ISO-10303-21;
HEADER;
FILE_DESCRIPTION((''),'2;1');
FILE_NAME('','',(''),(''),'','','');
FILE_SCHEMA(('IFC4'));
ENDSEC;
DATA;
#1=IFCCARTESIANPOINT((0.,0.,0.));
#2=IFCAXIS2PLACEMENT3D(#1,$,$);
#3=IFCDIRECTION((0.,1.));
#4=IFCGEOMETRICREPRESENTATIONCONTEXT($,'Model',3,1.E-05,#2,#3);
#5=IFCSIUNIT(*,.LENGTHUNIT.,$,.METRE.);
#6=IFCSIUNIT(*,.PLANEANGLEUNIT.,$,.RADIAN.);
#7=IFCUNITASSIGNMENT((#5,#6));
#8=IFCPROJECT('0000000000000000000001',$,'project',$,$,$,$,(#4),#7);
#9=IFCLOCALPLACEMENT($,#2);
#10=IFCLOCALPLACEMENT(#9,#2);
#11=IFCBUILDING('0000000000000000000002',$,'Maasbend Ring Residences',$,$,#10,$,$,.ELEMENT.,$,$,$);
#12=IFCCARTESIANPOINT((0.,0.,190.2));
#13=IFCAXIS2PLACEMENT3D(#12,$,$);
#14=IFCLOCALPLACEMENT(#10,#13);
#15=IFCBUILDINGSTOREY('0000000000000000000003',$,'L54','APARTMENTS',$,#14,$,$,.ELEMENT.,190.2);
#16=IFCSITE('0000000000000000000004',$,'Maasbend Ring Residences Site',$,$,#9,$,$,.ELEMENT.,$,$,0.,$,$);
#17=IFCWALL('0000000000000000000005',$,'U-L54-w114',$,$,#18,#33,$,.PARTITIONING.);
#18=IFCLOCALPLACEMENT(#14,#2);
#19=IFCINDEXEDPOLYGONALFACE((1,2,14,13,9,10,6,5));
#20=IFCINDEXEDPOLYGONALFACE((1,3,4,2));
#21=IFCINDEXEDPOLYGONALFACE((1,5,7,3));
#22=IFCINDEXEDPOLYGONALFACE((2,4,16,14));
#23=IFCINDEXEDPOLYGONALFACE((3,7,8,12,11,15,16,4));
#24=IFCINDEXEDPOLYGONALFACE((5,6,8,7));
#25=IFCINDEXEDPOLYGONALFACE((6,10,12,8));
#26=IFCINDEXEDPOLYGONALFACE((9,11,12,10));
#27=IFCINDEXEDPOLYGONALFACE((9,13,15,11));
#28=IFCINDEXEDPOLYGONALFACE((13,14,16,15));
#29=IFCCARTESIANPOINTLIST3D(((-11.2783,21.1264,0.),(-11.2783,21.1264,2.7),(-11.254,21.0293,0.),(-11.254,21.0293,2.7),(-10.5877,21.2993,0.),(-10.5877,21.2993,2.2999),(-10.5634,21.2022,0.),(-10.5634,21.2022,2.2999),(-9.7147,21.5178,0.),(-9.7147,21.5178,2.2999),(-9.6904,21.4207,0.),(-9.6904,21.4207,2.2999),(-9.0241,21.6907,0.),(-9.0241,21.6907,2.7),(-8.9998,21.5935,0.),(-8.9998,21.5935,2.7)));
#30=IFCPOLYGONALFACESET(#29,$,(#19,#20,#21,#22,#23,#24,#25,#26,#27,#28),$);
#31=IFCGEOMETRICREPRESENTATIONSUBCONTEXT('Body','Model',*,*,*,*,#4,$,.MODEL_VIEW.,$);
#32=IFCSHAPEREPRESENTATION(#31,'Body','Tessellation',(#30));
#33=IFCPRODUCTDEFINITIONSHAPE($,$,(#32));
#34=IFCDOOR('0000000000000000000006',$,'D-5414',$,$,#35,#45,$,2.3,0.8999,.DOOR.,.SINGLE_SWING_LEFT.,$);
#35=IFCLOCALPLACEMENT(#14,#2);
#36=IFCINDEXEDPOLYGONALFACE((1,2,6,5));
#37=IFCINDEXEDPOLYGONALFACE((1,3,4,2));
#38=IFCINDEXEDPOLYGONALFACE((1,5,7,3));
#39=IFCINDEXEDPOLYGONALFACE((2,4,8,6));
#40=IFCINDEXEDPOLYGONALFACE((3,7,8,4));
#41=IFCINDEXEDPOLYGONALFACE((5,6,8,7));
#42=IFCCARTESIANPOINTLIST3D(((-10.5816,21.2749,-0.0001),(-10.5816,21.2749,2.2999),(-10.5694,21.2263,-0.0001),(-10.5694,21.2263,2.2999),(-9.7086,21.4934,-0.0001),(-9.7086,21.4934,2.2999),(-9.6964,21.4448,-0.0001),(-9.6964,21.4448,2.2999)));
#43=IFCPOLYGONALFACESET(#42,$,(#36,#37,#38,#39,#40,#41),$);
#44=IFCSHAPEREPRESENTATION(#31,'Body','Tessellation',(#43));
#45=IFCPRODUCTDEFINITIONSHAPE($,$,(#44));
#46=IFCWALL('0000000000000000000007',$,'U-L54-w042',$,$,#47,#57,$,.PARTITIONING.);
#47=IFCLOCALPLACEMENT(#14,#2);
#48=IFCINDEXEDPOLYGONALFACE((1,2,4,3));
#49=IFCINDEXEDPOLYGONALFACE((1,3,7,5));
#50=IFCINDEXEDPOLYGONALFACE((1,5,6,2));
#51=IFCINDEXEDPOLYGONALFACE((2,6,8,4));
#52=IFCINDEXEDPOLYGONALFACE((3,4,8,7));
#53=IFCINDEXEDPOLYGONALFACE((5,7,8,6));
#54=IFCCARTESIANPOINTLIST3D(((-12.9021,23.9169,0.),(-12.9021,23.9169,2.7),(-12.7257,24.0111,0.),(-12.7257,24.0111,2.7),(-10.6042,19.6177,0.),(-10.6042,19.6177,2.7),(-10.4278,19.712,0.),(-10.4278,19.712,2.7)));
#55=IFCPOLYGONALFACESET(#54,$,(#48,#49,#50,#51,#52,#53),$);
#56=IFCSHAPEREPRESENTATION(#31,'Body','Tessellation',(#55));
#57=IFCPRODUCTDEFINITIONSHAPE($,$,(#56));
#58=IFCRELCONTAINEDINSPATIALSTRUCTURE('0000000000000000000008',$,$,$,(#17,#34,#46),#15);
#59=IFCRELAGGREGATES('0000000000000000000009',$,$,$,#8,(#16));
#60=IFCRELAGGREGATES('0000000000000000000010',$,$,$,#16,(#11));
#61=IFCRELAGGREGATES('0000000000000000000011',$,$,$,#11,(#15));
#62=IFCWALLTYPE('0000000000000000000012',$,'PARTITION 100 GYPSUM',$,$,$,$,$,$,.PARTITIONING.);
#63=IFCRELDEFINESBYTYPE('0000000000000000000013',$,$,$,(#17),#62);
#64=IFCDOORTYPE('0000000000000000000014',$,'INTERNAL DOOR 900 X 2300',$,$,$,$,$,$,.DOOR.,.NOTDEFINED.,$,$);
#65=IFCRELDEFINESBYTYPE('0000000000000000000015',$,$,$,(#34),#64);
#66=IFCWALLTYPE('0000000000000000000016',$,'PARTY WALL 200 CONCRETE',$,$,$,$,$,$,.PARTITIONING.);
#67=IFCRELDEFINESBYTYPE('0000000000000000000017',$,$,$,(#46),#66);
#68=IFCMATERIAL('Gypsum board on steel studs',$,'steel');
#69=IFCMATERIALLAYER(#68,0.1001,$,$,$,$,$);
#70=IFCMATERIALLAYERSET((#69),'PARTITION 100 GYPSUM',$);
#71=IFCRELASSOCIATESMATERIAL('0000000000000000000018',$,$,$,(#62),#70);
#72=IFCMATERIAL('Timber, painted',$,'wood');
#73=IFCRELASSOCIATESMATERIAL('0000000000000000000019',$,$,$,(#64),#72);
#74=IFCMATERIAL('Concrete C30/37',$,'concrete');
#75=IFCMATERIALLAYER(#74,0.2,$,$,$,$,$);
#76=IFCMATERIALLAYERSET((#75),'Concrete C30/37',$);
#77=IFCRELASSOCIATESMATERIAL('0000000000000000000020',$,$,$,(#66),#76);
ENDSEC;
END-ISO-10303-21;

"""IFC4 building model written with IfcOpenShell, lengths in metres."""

from ifc_helpers import new_model, si_unit, direction, frame, frame_2d, origin, place, context, subcontext, project, spatial, rectangle, extrude, material, layer, layer_set, type_object, element, fill, save


model = new_model("IFC4")

# Units and contexts
model_context = context("Model", 3, precision=1e-05, world=origin(), true_north=direction((0.0, 1.0)))
body_context = subcontext(model_context, "Body", "Model", "MODEL_VIEW")
ifc_project = project(units=[si_unit("LENGTHUNIT", "METRE"), si_unit("PLANEANGLEUNIT", "RADIAN")], contexts=[model_context])

# Site, building, storey
site_placement = place(None, origin())
site = spatial("IfcSite", under=ifc_project, at=site_placement, Name="Maasbend Ring Residences Site", CompositionType="ELEMENT", RefElevation=0.0)
building_placement = place(site_placement, origin())
building = spatial("IfcBuilding", under=site, at=building_placement, Name="Maasbend Ring Residences", CompositionType="ELEMENT")
storey_placement = place(building_placement, frame((0.0, 0.0, 190.2)))
storey = spatial("IfcBuildingStorey", under=building, at=storey_placement, Name="L54", Description="APARTMENTS", CompositionType="ELEMENT", Elevation=190.2)

# Shared definitions
ifc_material_1 = material(Name="Gypsum board on steel studs", Category="steel")
ifc_layer_1 = layer(ifc_material_1, 0.1001)
ifc_layer_set_1 = layer_set([ifc_layer_1], Name="PARTITION 100 GYPSUM")
wall_type_1 = type_object("IfcWallType", Name="PARTITION 100 GYPSUM", PredefinedType="PARTITIONING", material=ifc_layer_set_1)

# Shared definitions
ifc_material_2 = material(Name="Timber, painted", Category="wood")
door_type_1 = type_object("IfcDoorType", Name="INTERNAL DOOR 900 X 2300", OperationType="NOTDEFINED", PredefinedType="DOOR", material=ifc_material_2)

# Wall, opening, door
wall_1_placement = place(storey_placement, frame((-11.2661, 21.0779, 0.0), z_axis=(0.0, 0.0, 1.0), x_axis=(0.970074, 0.242808, 0.0)))
wall_1 = element("IfcWall", 1, at=wall_1_placement, inside=storey, type_object=wall_type_1, Name="U-L54-w114", PredefinedType="PARTITIONING", context=body_context, shape_type="SweptSolid", body=[
    extrude(rectangle(XDim=2.3237, YDim=0.1001, at=frame_2d((1.1619, 0.0))), origin(), (0.0, 0.0, 1.0), 2.7),
])
opening_1_placement = place(wall_1_placement, frame((0.7119, 0.0, 0.0)))
opening_1 = element("IfcOpeningElement", 2, at=opening_1_placement, cuts=wall_1, PredefinedType="OPENING", context=body_context, shape_type="SweptSolid", body=[
    extrude(rectangle(XDim=0.8999, YDim=2.3, at=frame_2d((0.45, 1.1499))), frame((0.0, 0.0601, 0.0), z_axis=(0.0, -1.0, 0.0), x_axis=(1.0, 0.0, 0.0)), (0.0, 0.0, 1.0), 0.1201),
])
door_1_placement = place(opening_1_placement, origin())
door_1 = element("IfcDoor", 3, at=door_1_placement, inside=storey, type_object=door_type_1, Name="D-5414", OperationType="SINGLE_SWING_LEFT", OverallHeight=2.3, OverallWidth=0.8999, PredefinedType="DOOR", context=body_context, shape_type="SweptSolid", body=[
    extrude(rectangle(XDim=0.8999, YDim=2.3, at=frame_2d((0.45, 1.1499))), frame((0.0, 0.0249, 0.0), z_axis=(0.0, -1.0, 0.0), x_axis=(1.0, 0.0, 0.0)), (0.0, 0.0, 1.0), 0.05),
])
fill(opening_1, door_1)

# Wall
ifc_material_3 = material(Name="Concrete C30/37", Category="concrete")
ifc_layer_2 = layer(ifc_material_3, 0.2)
ifc_layer_set_2 = layer_set([ifc_layer_2], Name="Concrete C30/37")
wall_type_2 = type_object("IfcWallType", Name="PARTY WALL 200 CONCRETE", PredefinedType="PARTITIONING", material=ifc_layer_set_2)
wall_2_placement = place(storey_placement, frame((-12.814, 23.9641, 0.0), z_axis=(0.0, 0.0, 1.0), x_axis=(0.471389, -0.881926, 0.0)))
element("IfcWall", 4, at=wall_2_placement, inside=storey, type_object=wall_type_2, Name="U-L54-w042", PredefinedType="PARTITIONING", context=body_context, shape_type="SweptSolid", body=[
    extrude(rectangle(XDim=4.8748, YDim=0.2, at=frame_2d((2.4375, 0.0))), origin(), (0.0, 0.0, 1.0), 2.7),
])

save(model, "model.ifc")
